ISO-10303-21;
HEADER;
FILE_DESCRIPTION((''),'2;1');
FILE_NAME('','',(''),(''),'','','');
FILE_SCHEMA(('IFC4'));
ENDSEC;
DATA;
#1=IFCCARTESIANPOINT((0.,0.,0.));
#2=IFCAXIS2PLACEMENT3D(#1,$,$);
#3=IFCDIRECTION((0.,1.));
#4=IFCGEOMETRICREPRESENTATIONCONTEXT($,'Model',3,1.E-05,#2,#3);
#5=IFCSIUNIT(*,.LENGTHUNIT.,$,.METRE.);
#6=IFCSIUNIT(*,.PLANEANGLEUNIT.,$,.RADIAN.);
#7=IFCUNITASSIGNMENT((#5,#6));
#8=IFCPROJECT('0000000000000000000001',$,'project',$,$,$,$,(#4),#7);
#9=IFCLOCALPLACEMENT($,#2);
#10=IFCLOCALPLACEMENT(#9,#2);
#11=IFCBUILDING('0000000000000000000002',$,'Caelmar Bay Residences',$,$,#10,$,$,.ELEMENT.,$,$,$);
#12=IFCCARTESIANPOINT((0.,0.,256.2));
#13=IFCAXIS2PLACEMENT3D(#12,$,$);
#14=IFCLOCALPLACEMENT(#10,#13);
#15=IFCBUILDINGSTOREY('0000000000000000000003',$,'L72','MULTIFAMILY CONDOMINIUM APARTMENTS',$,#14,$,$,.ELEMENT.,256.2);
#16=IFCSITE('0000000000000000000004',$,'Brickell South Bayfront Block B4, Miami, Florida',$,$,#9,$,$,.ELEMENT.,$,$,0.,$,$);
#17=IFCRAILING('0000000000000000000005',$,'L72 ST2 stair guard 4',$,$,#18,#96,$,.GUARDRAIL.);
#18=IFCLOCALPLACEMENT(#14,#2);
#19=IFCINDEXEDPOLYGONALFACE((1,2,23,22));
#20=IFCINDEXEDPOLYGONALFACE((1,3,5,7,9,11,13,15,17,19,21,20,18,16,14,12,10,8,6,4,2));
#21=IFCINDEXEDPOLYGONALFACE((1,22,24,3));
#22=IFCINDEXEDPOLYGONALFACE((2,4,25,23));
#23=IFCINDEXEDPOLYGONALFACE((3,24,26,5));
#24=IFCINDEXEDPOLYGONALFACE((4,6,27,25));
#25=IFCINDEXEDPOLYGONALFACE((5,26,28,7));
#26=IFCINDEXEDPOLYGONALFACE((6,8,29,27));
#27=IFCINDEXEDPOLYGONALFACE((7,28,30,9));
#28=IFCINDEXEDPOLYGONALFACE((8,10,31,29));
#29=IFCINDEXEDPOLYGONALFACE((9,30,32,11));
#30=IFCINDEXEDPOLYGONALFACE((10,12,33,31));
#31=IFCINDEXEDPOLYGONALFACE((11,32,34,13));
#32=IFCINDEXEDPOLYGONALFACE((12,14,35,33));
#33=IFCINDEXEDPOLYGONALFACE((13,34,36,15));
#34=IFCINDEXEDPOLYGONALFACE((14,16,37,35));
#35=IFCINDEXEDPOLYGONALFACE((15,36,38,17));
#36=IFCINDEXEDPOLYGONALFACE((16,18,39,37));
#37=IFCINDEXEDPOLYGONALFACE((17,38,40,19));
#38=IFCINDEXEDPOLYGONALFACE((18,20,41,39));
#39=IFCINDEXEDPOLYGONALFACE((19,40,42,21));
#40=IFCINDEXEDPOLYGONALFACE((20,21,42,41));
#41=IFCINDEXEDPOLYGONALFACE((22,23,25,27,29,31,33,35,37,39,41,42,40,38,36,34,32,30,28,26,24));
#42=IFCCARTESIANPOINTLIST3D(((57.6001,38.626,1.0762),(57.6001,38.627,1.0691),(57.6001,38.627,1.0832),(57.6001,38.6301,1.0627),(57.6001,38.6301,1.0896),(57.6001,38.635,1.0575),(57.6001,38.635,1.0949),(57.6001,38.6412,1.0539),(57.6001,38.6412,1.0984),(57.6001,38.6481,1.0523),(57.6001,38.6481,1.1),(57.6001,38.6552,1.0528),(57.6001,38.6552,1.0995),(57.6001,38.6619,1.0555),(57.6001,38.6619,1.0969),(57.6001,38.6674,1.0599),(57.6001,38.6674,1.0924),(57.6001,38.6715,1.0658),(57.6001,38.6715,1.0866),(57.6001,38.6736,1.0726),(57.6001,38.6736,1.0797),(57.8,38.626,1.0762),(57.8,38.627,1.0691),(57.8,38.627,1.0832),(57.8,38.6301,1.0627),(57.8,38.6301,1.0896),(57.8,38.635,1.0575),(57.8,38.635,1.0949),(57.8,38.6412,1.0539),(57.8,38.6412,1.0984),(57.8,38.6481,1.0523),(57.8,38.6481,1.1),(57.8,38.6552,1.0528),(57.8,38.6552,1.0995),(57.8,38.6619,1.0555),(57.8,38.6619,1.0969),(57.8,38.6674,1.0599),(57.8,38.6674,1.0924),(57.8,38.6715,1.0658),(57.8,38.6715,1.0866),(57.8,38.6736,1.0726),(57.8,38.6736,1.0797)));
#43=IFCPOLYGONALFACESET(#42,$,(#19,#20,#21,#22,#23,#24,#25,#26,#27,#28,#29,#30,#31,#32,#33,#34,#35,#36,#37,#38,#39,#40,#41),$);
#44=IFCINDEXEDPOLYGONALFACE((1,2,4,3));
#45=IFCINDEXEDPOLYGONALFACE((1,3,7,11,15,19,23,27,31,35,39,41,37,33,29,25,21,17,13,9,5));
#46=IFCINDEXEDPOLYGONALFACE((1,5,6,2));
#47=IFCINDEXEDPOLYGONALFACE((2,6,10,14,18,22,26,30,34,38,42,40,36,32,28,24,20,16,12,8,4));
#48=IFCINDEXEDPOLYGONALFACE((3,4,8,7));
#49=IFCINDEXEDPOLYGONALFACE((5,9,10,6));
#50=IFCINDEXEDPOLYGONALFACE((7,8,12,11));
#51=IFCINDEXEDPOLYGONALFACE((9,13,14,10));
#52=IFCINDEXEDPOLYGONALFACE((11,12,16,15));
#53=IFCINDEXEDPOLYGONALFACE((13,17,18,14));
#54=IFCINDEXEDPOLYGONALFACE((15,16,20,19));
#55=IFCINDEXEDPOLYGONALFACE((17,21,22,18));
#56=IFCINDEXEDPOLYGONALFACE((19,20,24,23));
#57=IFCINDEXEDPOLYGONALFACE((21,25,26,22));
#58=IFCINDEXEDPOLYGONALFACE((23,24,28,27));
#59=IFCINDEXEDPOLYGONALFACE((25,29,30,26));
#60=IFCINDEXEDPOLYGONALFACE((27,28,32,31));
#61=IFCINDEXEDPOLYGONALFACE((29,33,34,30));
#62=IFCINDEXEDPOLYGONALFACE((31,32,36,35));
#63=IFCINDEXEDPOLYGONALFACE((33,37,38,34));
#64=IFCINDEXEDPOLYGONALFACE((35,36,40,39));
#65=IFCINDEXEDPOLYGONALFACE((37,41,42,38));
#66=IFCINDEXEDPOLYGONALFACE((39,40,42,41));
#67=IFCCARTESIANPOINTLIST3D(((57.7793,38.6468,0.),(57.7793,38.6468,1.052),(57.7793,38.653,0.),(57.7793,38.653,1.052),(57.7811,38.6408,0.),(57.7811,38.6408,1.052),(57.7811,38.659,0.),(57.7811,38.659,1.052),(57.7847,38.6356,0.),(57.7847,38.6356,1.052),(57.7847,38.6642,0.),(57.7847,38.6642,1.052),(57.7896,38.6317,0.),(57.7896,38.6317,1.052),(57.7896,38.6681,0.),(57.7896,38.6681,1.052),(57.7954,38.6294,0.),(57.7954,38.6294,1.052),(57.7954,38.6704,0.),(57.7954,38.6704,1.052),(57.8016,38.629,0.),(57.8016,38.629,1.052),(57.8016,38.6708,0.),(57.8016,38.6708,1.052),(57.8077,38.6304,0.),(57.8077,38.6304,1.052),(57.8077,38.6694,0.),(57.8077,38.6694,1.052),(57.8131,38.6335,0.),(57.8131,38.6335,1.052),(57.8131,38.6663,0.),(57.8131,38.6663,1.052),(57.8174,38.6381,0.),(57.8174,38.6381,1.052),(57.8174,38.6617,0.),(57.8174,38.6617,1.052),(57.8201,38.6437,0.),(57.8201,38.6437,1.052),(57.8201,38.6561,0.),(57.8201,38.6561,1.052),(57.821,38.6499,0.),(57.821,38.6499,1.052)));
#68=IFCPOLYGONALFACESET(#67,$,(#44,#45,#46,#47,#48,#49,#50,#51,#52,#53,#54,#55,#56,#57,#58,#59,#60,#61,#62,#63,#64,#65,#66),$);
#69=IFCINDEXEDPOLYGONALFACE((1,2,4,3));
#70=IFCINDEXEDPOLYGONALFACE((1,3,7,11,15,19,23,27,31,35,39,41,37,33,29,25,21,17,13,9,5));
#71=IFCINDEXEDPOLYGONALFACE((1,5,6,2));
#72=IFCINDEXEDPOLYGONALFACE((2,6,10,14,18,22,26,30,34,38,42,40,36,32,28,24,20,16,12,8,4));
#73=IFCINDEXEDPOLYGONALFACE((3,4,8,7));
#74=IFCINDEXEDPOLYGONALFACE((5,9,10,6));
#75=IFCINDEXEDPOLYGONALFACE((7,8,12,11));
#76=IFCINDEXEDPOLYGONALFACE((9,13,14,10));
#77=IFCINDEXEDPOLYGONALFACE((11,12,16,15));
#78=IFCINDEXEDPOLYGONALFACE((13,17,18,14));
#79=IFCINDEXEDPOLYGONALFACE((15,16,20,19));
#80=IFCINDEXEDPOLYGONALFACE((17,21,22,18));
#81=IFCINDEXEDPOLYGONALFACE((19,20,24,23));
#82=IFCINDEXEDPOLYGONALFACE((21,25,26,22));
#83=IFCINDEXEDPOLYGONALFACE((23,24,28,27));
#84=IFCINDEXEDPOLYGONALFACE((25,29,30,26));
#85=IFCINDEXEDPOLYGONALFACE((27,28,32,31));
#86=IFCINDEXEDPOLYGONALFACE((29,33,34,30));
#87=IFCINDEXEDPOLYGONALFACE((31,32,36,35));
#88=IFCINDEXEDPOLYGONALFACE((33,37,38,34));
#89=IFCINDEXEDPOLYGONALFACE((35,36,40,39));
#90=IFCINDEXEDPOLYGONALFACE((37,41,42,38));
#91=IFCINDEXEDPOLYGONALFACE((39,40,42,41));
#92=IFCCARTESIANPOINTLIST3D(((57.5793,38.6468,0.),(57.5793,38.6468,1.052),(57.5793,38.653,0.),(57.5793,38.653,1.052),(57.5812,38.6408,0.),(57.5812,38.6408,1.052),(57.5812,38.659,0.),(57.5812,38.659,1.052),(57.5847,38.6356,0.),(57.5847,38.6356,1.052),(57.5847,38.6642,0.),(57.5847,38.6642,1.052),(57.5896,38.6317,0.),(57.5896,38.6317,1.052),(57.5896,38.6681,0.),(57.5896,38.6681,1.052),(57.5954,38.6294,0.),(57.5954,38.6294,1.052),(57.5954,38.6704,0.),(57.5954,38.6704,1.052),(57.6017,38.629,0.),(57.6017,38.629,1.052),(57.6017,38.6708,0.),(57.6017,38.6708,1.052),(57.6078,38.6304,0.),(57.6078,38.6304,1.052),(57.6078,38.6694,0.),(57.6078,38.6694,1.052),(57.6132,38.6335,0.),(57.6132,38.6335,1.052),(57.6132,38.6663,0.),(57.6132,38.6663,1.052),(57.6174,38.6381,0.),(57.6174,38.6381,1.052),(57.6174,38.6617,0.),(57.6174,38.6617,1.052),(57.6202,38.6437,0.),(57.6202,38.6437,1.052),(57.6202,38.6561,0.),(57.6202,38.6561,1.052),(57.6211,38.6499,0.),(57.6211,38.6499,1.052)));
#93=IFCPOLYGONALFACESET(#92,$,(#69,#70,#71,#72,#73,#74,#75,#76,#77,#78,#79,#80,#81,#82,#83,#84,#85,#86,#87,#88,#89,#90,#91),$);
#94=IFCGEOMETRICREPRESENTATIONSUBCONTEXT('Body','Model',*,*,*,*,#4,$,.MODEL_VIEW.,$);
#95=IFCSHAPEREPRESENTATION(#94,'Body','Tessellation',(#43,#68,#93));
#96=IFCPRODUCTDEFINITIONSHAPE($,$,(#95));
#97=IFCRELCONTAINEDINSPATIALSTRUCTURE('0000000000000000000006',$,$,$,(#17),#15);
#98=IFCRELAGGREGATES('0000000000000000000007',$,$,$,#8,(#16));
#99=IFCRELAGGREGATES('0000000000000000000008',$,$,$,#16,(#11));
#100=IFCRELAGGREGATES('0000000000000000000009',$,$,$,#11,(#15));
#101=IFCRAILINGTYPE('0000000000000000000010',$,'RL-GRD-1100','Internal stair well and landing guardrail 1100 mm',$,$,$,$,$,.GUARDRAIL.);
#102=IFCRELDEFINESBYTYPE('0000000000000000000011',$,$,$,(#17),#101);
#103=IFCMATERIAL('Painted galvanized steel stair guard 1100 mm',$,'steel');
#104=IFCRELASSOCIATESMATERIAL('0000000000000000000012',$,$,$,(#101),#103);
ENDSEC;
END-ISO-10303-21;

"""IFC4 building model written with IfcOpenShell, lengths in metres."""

from ifc_helpers import new_model, si_unit, direction, frame, origin, origin_2d, place, context, subcontext, project, spatial, circle, extrude, material, type_object, element, save


model = new_model("IFC4")

# Units and contexts
model_context = context("Model", 3, precision=1e-05, world=origin(), true_north=direction((0.0, 1.0)))
body_context = subcontext(model_context, "Body", "Model", "MODEL_VIEW")
ifc_project = project(units=[si_unit("LENGTHUNIT", "METRE"), si_unit("PLANEANGLEUNIT", "RADIAN")], contexts=[model_context])

# Site, building, storey
site_placement = place(None, origin())
site = spatial("IfcSite", under=ifc_project, at=site_placement, Name="Brickell South Bayfront Block B4, Miami, Florida", CompositionType="ELEMENT", RefElevation=0.0)
building_placement = place(site_placement, origin())
building = spatial("IfcBuilding", under=site, at=building_placement, Name="Caelmar Bay Residences", CompositionType="ELEMENT")
storey_placement = place(building_placement, frame((0.0, 0.0, 256.2)))
storey = spatial("IfcBuildingStorey", under=building, at=storey_placement, Name="L72", Description="MULTIFAMILY CONDOMINIUM APARTMENTS", CompositionType="ELEMENT", Elevation=256.2)

# Railing
ifc_material_1 = material(Name="Painted galvanized steel stair guard 1100 mm", Category="steel")
railing_type_1 = type_object("IfcRailingType", Name="RL-GRD-1100", Description="Internal stair well and landing guardrail 1100 mm", PredefinedType="GUARDRAIL", material=ifc_material_1)
railing_1_placement = place(storey_placement, frame((57.8, 38.6499, 0.0)))
element("IfcRailing", 1, at=railing_1_placement, inside=storey, type_object=railing_type_1, Name="L72 ST2 stair guard 4", PredefinedType="GUARDRAIL", context=body_context, shape_type="SweptSolid", body=[
    extrude(circle(Radius=0.0239, at=origin_2d()), frame((0.0, 0.0, 1.0762), z_axis=(-1.0, 0.0, 0.0), x_axis=(0.0, -1.0, 0.0)), (0.0, 0.0, 1.0), 0.2),
    extrude(circle(Radius=0.021, at=origin_2d()), origin(), (0.0, 0.0, 1.0), 1.052),
    extrude(circle(Radius=0.021, at=origin_2d()), frame((-0.2, 0.0, 0.0)), (0.0, 0.0, 1.0), 1.052),
])

save(model, "model.ifc")
